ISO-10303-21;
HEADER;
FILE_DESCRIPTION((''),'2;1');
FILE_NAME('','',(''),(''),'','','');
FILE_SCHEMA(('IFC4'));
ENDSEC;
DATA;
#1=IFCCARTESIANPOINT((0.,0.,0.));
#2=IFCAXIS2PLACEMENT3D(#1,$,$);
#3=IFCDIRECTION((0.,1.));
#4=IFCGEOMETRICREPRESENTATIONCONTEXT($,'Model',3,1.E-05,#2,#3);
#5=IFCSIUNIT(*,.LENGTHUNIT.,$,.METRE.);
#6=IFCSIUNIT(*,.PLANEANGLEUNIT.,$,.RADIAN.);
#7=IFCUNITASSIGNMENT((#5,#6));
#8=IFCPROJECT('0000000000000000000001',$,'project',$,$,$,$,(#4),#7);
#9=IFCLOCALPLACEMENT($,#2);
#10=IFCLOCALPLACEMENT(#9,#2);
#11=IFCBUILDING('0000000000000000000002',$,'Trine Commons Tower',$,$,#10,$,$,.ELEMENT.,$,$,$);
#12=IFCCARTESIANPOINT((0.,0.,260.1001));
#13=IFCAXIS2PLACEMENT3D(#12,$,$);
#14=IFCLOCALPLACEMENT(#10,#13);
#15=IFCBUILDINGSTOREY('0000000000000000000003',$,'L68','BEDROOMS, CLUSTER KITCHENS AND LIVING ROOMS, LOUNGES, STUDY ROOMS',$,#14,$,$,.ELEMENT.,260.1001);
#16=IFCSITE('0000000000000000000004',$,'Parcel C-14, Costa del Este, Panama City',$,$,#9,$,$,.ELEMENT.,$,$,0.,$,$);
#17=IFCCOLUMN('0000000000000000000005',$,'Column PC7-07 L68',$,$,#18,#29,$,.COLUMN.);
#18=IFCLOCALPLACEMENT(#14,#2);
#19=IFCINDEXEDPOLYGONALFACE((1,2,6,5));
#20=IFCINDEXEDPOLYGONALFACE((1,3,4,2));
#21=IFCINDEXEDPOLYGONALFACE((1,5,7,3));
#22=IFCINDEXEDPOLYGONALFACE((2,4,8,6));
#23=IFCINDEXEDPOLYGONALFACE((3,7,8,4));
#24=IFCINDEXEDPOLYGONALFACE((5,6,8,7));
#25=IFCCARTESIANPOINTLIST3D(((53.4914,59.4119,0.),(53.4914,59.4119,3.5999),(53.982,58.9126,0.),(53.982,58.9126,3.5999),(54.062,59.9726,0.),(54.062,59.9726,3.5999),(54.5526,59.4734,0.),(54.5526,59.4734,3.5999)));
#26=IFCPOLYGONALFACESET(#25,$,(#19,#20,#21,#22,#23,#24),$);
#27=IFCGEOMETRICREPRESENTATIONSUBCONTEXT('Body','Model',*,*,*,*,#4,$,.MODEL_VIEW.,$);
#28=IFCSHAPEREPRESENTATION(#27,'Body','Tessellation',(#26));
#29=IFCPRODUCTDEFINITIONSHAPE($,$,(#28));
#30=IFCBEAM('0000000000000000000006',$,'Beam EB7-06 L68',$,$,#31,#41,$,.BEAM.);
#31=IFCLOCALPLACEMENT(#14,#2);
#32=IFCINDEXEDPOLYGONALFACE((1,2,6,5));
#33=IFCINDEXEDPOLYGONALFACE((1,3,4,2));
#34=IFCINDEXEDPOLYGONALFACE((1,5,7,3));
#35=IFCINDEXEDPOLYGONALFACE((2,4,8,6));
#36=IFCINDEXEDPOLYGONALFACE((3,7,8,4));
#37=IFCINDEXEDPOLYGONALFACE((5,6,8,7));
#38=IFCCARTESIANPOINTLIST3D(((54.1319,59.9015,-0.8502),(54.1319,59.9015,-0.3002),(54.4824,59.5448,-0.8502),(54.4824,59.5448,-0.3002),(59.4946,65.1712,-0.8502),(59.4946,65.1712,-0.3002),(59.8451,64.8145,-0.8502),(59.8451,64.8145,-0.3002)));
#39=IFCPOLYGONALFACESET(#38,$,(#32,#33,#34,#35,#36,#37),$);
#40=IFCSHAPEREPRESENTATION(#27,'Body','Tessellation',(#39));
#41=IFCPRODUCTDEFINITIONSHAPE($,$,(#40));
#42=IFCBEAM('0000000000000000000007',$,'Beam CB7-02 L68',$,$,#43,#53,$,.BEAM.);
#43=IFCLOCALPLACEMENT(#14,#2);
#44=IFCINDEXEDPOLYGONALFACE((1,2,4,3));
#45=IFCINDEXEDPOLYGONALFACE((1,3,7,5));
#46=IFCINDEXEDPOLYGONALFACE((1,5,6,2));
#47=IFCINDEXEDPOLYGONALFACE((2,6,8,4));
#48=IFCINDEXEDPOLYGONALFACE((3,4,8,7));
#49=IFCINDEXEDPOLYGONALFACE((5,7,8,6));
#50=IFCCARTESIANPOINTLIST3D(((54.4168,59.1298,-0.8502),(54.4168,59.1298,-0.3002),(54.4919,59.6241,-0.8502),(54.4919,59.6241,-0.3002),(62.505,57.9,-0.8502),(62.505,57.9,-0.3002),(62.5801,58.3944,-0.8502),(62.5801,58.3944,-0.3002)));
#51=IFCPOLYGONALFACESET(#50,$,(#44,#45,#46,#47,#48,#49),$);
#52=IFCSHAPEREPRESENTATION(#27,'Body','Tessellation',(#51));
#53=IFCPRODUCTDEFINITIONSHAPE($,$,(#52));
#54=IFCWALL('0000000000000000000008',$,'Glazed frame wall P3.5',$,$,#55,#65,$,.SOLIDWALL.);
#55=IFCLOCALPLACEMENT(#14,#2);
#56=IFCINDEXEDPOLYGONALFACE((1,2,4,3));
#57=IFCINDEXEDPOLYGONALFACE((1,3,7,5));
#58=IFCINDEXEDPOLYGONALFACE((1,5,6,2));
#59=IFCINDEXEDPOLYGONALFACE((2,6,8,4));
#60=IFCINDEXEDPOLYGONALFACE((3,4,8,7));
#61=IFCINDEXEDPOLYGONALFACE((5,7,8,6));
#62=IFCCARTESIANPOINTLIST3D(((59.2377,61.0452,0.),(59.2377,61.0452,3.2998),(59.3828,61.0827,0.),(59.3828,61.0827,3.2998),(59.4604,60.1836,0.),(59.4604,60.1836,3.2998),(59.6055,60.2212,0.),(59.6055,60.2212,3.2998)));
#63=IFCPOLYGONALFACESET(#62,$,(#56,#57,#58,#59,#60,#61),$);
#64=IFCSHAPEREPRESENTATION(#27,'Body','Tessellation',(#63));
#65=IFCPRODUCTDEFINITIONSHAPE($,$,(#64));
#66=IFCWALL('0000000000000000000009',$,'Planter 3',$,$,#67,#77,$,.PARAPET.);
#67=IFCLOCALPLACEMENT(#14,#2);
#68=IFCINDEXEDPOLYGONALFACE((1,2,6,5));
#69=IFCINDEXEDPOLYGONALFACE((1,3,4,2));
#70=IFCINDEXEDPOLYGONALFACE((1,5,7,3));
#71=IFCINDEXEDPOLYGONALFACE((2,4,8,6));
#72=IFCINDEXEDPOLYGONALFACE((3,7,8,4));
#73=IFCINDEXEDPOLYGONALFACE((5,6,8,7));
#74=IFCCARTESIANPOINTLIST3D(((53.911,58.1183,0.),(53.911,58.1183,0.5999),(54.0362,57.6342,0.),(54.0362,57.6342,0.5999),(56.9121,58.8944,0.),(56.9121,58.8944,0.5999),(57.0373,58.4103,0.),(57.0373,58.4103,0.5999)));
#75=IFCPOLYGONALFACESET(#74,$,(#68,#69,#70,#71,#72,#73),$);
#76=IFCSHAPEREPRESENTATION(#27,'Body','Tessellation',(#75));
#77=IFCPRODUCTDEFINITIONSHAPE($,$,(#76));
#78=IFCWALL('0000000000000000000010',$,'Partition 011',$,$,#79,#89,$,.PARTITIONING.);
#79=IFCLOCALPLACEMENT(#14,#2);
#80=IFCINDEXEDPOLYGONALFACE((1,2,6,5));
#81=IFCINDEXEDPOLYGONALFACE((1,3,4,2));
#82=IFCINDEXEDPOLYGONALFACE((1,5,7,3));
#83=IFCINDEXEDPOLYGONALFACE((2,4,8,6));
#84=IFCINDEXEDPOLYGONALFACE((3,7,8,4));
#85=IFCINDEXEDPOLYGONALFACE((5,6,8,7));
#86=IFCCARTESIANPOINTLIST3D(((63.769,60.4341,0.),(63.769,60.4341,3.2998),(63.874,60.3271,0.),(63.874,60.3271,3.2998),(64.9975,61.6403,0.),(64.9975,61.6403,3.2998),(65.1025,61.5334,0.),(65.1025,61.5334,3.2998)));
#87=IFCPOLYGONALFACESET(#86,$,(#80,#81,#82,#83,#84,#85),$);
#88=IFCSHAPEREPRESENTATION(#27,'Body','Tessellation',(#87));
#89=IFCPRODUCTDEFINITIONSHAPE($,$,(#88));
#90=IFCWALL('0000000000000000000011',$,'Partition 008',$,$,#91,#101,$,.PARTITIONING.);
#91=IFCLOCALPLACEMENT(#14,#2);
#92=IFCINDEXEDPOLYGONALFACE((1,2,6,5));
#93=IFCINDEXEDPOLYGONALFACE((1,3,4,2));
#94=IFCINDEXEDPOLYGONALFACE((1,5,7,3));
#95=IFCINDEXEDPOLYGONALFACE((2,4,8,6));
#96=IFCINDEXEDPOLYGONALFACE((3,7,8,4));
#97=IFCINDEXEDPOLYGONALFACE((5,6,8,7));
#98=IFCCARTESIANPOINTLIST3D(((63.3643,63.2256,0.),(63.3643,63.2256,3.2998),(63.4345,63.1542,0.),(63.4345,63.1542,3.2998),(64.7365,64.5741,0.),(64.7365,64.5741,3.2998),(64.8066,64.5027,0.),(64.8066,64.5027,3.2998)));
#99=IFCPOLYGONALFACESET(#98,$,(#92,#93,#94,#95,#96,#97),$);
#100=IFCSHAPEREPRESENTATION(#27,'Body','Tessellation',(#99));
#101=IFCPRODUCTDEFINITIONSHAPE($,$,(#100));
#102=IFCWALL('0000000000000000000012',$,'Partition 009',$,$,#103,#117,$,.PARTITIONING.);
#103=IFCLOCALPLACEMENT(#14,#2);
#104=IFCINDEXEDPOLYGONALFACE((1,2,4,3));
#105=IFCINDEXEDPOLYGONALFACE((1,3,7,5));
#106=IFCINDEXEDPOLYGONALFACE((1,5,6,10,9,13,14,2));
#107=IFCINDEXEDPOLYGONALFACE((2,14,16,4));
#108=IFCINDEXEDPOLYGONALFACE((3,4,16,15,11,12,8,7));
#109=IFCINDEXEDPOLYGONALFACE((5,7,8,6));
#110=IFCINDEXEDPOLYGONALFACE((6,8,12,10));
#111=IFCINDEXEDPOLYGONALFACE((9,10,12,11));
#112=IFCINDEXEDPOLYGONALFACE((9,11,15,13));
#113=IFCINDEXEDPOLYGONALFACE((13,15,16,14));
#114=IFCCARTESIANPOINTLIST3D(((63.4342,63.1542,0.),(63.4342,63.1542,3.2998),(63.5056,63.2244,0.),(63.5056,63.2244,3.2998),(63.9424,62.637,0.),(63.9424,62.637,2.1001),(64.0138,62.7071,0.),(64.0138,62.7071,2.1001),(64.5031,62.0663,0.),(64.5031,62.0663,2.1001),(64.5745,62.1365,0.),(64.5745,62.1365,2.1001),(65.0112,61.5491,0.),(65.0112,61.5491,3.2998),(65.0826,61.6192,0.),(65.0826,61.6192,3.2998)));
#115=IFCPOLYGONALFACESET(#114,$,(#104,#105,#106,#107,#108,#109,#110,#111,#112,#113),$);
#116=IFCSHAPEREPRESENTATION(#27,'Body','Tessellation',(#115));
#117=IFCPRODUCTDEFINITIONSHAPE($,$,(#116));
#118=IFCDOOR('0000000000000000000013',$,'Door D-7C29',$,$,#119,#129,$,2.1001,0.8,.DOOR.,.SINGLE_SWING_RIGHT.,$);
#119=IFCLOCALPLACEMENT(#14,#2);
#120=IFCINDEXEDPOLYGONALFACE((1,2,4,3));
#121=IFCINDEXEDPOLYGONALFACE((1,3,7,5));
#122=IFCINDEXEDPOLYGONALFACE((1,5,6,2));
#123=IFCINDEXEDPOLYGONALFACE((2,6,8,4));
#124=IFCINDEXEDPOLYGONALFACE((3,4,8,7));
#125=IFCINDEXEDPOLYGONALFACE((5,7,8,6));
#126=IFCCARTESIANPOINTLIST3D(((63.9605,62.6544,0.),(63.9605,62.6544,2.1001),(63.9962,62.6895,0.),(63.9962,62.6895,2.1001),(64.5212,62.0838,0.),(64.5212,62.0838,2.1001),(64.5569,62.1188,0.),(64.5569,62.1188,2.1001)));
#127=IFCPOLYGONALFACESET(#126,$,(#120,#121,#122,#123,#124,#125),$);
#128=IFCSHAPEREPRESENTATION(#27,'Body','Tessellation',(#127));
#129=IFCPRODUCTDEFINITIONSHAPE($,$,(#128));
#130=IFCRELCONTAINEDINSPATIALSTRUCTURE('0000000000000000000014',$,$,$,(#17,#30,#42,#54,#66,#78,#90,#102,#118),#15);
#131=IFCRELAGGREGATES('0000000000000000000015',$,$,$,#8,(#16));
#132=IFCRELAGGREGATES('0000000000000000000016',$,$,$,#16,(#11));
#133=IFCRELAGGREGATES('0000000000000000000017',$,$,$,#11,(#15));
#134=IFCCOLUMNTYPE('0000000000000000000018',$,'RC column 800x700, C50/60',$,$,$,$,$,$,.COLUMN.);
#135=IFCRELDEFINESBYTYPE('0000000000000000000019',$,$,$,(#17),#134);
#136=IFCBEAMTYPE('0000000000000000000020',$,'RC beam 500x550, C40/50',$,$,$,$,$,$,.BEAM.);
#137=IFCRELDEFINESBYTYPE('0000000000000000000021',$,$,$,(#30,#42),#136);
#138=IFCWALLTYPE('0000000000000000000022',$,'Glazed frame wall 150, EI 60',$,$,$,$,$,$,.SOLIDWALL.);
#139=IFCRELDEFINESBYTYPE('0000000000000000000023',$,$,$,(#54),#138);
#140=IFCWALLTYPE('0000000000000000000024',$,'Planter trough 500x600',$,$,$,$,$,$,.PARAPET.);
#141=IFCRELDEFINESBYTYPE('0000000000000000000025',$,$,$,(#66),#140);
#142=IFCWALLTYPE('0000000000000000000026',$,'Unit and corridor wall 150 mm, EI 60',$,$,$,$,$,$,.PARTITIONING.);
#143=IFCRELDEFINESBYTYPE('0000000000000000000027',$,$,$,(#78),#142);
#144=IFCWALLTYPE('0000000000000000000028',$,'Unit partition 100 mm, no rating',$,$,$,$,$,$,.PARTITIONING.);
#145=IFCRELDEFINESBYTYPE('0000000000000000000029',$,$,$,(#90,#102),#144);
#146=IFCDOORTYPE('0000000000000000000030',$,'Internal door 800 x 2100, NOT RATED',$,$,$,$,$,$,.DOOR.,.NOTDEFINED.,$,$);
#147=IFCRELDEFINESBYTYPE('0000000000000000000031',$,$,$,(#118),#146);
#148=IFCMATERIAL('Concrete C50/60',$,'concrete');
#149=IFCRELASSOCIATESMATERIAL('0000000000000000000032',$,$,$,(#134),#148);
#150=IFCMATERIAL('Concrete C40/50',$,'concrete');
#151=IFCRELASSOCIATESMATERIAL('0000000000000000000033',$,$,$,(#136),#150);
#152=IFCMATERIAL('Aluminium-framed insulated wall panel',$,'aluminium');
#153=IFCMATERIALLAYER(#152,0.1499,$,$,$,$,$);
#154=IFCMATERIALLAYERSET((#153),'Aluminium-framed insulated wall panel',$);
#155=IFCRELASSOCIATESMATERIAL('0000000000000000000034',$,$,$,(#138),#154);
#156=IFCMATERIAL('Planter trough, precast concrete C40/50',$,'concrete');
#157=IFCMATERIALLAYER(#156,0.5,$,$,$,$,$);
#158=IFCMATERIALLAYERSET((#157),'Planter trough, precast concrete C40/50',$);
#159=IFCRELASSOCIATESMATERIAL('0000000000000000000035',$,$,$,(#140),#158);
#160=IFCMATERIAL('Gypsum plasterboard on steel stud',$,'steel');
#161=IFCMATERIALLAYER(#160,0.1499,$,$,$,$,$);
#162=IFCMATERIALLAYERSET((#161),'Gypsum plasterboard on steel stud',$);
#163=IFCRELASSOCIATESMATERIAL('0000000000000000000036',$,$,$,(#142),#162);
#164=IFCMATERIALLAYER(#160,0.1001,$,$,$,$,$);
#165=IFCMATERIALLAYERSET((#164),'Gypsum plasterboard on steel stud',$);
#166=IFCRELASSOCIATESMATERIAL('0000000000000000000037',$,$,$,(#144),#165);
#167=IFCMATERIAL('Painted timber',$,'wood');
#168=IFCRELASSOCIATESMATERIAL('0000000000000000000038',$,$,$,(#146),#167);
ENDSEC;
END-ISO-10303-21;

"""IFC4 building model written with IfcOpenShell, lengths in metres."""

from ifc_helpers import new_model, si_unit, direction, frame, frame_2d, origin, origin_2d, place, context, subcontext, project, spatial, polyline, rectangle, outline, extrude, material, layer, layer_set, material_profile, profile_set, type_object, element, fill, save


model = new_model("IFC4")

# Units and contexts
model_context = context("Model", 3, precision=1e-05, world=origin(), true_north=direction((0.0, 1.0)))
body_context = subcontext(model_context, "Body", "Model", "MODEL_VIEW")
ifc_project = project(units=[si_unit("LENGTHUNIT", "METRE"), si_unit("PLANEANGLEUNIT", "RADIAN")], contexts=[model_context])

# Site, building, storey
site_placement = place(None, origin())
site = spatial("IfcSite", under=ifc_project, at=site_placement, Name="Parcel C-14, Costa del Este, Panama City", CompositionType="ELEMENT", RefElevation=0.0)
building_placement = place(site_placement, origin())
building = spatial("IfcBuilding", under=site, at=building_placement, Name="Trine Commons Tower", CompositionType="ELEMENT")
storey_placement = place(building_placement, frame((0.0, 0.0, 260.1001)))
storey = spatial("IfcBuildingStorey", under=building, at=storey_placement, Name="L68", Description="BEDROOMS, CLUSTER KITCHENS AND LIVING ROOMS, LOUNGES, STUDY ROOMS", CompositionType="ELEMENT", Elevation=260.1001)

# Column
ifc_material_1 = material(Name="Concrete C50/60", Category="concrete")
ifc_material_profile_1 = material_profile(ifc_material_1, rectangle(XDim=0.8, YDim=0.7, at=origin_2d()), Name="RC 800x700")
ifc_profile_set_1 = profile_set([ifc_material_profile_1], Name="Concrete C50/60")
column_type = type_object("IfcColumnType", Name="RC column 800x700, C50/60", PredefinedType="COLUMN", material=ifc_profile_set_1)
column_placement = place(storey_placement, frame((54.022, 59.4426, 0.0), z_axis=(0.0, 0.0, 1.0), x_axis=(0.71325, 0.700909, 0.0)))
element("IfcColumn", 1, at=column_placement, inside=storey, type_object=column_type, Name="Column PC7-07 L68", PredefinedType="COLUMN", context=body_context, shape_type="SweptSolid", body=[
    extrude(rectangle(XDim=0.8, YDim=0.7, at=origin_2d()), origin(), (0.0, 0.0, 1.0), 3.5999),
])

# Beams
ifc_material_2 = material(Name="Concrete C40/50", Category="concrete")
ifc_material_profile_2 = material_profile(ifc_material_2, rectangle(XDim=0.5, YDim=0.55, at=origin_2d()), Name="RC 500x550")
ifc_profile_set_2 = profile_set([ifc_material_profile_2], Name="Concrete C40/50")
beam_type = type_object("IfcBeamType", Name="RC beam 500x550, C40/50", PredefinedType="BEAM", material=ifc_profile_set_2)
beam_1_placement = place(storey_placement, frame((54.3071, 59.7231, -0.5752), z_axis=(0.713266, 0.700894, 0.0), x_axis=(-0.700894, 0.713266, 0.0)))
element("IfcBeam", 2, at=beam_1_placement, inside=storey, type_object=beam_type, Name="Beam EB7-06 L68", PredefinedType="BEAM", context=body_context, shape_type="SweptSolid", body=[
    extrude(rectangle(XDim=0.5, YDim=0.55, at=origin_2d()), origin(), (0.0, 0.0, 1.0), 7.5186),
])
beam_2_placement = place(storey_placement, frame((54.4543, 59.377, -0.5752), z_axis=(0.988638, -0.150315, 0.0), x_axis=(0.150315, 0.988638, 0.0)))
element("IfcBeam", 3, at=beam_2_placement, inside=storey, type_object=beam_type, Name="Beam CB7-02 L68", PredefinedType="BEAM", context=body_context, shape_type="SweptSolid", body=[
    extrude(rectangle(XDim=0.5, YDim=0.55, at=origin_2d()), origin(), (0.0, 0.0, 1.0), 8.1812),
])

# Shared definitions
ifc_material_3 = material(Name="Aluminium-framed insulated wall panel", Category="aluminium")
ifc_layer_1 = layer(ifc_material_3, 0.1499)
ifc_layer_set_1 = layer_set([ifc_layer_1], Name="Aluminium-framed insulated wall panel")
wall_type_1 = type_object("IfcWallType", Name="Glazed frame wall 150, EI 60", PredefinedType="SOLIDWALL", material=ifc_layer_set_1)

# Walls
wall_1_placement = place(storey_placement, frame((59.533, 60.2024, 0.0), z_axis=(0.0, 0.0, 1.0), x_axis=(-0.250284, 0.968172, 0.0)))
element("IfcWall", 4, at=wall_1_placement, inside=storey, type_object=wall_type_1, Name="Glazed frame wall P3.5", PredefinedType="SOLIDWALL", context=body_context, shape_type="SweptSolid", body=[
    extrude(outline(polyline([(0.8899, 0.075), (0.0, 0.075), (0.0, -0.075), (0.8899, -0.075), (0.8899, 0.075)])), origin(), (0.0, 0.0, 1.0), 3.2998),
])
ifc_material_4 = material(Name="Planter trough, precast concrete C40/50", Category="concrete")
ifc_layer_2 = layer(ifc_material_4, 0.5)
ifc_layer_set_2 = layer_set([ifc_layer_2], Name="Planter trough, precast concrete C40/50")
wall_type_2 = type_object("IfcWallType", Name="Planter trough 500x600", PredefinedType="PARAPET", material=ifc_layer_set_2)
wall_2_placement = place(storey_placement, frame((56.9746, 58.6523, 0.0), z_axis=(0.0, 0.0, 1.0), x_axis=(-0.968151, -0.250366, 0.0)))
element("IfcWall", 5, at=wall_2_placement, inside=storey, type_object=wall_type_2, Name="Planter 3", PredefinedType="PARAPET", context=body_context, shape_type="SweptSolid", body=[
    extrude(rectangle(XDim=3.0999, YDim=0.5, at=frame_2d((1.5498, 0.0))), origin(), (0.0, 0.0, 1.0), 0.5999),
])
ifc_material_5 = material(Name="Gypsum plasterboard on steel stud", Category="steel")
ifc_layer_3 = layer(ifc_material_5, 0.1499)
ifc_layer_set_3 = layer_set([ifc_layer_3], Name="Gypsum plasterboard on steel stud")
wall_type_3 = type_object("IfcWallType", Name="Unit and corridor wall 150 mm, EI 60", PredefinedType="PARTITIONING", material=ifc_layer_set_3)
wall_3_placement = place(storey_placement, frame((63.8215, 60.3806, 0.0), z_axis=(0.0, 0.0, 1.0), x_axis=(0.713529, 0.700626, 0.0)))
element("IfcWall", 6, at=wall_3_placement, inside=storey, type_object=wall_type_3, Name="Partition 011", PredefinedType="PARTITIONING", context=body_context, shape_type="SweptSolid", body=[
    extrude(rectangle(XDim=1.7217, YDim=0.1499, at=frame_2d((0.8608, 0.0))), origin(), (0.0, 0.0, 1.0), 3.2998),
])
ifc_layer_4 = layer(ifc_material_5, 0.1001)
ifc_layer_set_4 = layer_set([ifc_layer_4], Name="Gypsum plasterboard on steel stud")
wall_type_4 = type_object("IfcWallType", Name="Unit partition 100 mm, no rating", PredefinedType="PARTITIONING", material=ifc_layer_set_4)
wall_4_placement = place(storey_placement, frame((63.3994, 63.1899, 0.0), z_axis=(0.0, 0.0, 1.0), x_axis=(0.713235, 0.700925, 0.0)))
element("IfcWall", 7, at=wall_4_placement, inside=storey, type_object=wall_type_4, Name="Partition 008", PredefinedType="PARTITIONING", context=body_context, shape_type="SweptSolid", body=[
    extrude(rectangle(XDim=1.9238, YDim=0.1001, at=frame_2d((0.9619, 0.0))), origin(), (0.0, 0.0, 1.0), 3.2998),
])

# Wall, opening, door
wall_5_placement = place(storey_placement, frame((63.47, 63.1892, 0.0), z_axis=(0.0, 0.0, 1.0), x_axis=(0.700841, -0.713317, 0.0)))
wall_5 = element("IfcWall", 8, at=wall_5_placement, inside=storey, type_object=wall_type_4, Name="Partition 009", PredefinedType="PARTITIONING", context=body_context, shape_type="SweptSolid", body=[
    extrude(rectangle(XDim=2.2502, YDim=0.1001, at=frame_2d((1.125, 0.0))), origin(), (0.0, 0.0, 1.0), 3.2998),
])
opening_1_placement = place(wall_5_placement, frame((0.7251, 0.0, 0.0)))
opening_1 = element("IfcOpeningElement", 9, at=opening_1_placement, cuts=wall_5, PredefinedType="OPENING", context=body_context, shape_type="SweptSolid", body=[
    extrude(rectangle(XDim=0.8, YDim=2.1001, at=frame_2d((0.3999, 1.05))), frame((0.0, 0.0601, 0.0), z_axis=(0.0, -1.0, 0.0), x_axis=(1.0, 0.0, 0.0)), (0.0, 0.0, 1.0), 0.1201),
])
ifc_material_6 = material(Name="Painted timber", Category="wood")
door_type_1 = type_object("IfcDoorType", Name="Internal door 800 x 2100, NOT RATED", OperationType="NOTDEFINED", PredefinedType="DOOR", material=ifc_material_6)
door_1_placement = place(opening_1_placement, frame((0.8, 0.0, 0.0), z_axis=(0.0, 0.0, 1.0), x_axis=(-1.0, 0.0, 0.0)))
door_1 = element("IfcDoor", 10, at=door_1_placement, inside=storey, type_object=door_type_1, Name="Door D-7C29", OperationType="SINGLE_SWING_RIGHT", OverallHeight=2.1001, OverallWidth=0.8, PredefinedType="DOOR", context=body_context, shape_type="SweptSolid", body=[
    extrude(rectangle(XDim=0.8, YDim=2.1001, at=frame_2d((0.3999, 1.05))), frame((0.0, 0.0249, 0.0), z_axis=(0.0, -1.0, 0.0), x_axis=(1.0, 0.0, 0.0)), (0.0, 0.0, 1.0), 0.05),
])
fill(opening_1, door_1)

save(model, "model.ifc")
